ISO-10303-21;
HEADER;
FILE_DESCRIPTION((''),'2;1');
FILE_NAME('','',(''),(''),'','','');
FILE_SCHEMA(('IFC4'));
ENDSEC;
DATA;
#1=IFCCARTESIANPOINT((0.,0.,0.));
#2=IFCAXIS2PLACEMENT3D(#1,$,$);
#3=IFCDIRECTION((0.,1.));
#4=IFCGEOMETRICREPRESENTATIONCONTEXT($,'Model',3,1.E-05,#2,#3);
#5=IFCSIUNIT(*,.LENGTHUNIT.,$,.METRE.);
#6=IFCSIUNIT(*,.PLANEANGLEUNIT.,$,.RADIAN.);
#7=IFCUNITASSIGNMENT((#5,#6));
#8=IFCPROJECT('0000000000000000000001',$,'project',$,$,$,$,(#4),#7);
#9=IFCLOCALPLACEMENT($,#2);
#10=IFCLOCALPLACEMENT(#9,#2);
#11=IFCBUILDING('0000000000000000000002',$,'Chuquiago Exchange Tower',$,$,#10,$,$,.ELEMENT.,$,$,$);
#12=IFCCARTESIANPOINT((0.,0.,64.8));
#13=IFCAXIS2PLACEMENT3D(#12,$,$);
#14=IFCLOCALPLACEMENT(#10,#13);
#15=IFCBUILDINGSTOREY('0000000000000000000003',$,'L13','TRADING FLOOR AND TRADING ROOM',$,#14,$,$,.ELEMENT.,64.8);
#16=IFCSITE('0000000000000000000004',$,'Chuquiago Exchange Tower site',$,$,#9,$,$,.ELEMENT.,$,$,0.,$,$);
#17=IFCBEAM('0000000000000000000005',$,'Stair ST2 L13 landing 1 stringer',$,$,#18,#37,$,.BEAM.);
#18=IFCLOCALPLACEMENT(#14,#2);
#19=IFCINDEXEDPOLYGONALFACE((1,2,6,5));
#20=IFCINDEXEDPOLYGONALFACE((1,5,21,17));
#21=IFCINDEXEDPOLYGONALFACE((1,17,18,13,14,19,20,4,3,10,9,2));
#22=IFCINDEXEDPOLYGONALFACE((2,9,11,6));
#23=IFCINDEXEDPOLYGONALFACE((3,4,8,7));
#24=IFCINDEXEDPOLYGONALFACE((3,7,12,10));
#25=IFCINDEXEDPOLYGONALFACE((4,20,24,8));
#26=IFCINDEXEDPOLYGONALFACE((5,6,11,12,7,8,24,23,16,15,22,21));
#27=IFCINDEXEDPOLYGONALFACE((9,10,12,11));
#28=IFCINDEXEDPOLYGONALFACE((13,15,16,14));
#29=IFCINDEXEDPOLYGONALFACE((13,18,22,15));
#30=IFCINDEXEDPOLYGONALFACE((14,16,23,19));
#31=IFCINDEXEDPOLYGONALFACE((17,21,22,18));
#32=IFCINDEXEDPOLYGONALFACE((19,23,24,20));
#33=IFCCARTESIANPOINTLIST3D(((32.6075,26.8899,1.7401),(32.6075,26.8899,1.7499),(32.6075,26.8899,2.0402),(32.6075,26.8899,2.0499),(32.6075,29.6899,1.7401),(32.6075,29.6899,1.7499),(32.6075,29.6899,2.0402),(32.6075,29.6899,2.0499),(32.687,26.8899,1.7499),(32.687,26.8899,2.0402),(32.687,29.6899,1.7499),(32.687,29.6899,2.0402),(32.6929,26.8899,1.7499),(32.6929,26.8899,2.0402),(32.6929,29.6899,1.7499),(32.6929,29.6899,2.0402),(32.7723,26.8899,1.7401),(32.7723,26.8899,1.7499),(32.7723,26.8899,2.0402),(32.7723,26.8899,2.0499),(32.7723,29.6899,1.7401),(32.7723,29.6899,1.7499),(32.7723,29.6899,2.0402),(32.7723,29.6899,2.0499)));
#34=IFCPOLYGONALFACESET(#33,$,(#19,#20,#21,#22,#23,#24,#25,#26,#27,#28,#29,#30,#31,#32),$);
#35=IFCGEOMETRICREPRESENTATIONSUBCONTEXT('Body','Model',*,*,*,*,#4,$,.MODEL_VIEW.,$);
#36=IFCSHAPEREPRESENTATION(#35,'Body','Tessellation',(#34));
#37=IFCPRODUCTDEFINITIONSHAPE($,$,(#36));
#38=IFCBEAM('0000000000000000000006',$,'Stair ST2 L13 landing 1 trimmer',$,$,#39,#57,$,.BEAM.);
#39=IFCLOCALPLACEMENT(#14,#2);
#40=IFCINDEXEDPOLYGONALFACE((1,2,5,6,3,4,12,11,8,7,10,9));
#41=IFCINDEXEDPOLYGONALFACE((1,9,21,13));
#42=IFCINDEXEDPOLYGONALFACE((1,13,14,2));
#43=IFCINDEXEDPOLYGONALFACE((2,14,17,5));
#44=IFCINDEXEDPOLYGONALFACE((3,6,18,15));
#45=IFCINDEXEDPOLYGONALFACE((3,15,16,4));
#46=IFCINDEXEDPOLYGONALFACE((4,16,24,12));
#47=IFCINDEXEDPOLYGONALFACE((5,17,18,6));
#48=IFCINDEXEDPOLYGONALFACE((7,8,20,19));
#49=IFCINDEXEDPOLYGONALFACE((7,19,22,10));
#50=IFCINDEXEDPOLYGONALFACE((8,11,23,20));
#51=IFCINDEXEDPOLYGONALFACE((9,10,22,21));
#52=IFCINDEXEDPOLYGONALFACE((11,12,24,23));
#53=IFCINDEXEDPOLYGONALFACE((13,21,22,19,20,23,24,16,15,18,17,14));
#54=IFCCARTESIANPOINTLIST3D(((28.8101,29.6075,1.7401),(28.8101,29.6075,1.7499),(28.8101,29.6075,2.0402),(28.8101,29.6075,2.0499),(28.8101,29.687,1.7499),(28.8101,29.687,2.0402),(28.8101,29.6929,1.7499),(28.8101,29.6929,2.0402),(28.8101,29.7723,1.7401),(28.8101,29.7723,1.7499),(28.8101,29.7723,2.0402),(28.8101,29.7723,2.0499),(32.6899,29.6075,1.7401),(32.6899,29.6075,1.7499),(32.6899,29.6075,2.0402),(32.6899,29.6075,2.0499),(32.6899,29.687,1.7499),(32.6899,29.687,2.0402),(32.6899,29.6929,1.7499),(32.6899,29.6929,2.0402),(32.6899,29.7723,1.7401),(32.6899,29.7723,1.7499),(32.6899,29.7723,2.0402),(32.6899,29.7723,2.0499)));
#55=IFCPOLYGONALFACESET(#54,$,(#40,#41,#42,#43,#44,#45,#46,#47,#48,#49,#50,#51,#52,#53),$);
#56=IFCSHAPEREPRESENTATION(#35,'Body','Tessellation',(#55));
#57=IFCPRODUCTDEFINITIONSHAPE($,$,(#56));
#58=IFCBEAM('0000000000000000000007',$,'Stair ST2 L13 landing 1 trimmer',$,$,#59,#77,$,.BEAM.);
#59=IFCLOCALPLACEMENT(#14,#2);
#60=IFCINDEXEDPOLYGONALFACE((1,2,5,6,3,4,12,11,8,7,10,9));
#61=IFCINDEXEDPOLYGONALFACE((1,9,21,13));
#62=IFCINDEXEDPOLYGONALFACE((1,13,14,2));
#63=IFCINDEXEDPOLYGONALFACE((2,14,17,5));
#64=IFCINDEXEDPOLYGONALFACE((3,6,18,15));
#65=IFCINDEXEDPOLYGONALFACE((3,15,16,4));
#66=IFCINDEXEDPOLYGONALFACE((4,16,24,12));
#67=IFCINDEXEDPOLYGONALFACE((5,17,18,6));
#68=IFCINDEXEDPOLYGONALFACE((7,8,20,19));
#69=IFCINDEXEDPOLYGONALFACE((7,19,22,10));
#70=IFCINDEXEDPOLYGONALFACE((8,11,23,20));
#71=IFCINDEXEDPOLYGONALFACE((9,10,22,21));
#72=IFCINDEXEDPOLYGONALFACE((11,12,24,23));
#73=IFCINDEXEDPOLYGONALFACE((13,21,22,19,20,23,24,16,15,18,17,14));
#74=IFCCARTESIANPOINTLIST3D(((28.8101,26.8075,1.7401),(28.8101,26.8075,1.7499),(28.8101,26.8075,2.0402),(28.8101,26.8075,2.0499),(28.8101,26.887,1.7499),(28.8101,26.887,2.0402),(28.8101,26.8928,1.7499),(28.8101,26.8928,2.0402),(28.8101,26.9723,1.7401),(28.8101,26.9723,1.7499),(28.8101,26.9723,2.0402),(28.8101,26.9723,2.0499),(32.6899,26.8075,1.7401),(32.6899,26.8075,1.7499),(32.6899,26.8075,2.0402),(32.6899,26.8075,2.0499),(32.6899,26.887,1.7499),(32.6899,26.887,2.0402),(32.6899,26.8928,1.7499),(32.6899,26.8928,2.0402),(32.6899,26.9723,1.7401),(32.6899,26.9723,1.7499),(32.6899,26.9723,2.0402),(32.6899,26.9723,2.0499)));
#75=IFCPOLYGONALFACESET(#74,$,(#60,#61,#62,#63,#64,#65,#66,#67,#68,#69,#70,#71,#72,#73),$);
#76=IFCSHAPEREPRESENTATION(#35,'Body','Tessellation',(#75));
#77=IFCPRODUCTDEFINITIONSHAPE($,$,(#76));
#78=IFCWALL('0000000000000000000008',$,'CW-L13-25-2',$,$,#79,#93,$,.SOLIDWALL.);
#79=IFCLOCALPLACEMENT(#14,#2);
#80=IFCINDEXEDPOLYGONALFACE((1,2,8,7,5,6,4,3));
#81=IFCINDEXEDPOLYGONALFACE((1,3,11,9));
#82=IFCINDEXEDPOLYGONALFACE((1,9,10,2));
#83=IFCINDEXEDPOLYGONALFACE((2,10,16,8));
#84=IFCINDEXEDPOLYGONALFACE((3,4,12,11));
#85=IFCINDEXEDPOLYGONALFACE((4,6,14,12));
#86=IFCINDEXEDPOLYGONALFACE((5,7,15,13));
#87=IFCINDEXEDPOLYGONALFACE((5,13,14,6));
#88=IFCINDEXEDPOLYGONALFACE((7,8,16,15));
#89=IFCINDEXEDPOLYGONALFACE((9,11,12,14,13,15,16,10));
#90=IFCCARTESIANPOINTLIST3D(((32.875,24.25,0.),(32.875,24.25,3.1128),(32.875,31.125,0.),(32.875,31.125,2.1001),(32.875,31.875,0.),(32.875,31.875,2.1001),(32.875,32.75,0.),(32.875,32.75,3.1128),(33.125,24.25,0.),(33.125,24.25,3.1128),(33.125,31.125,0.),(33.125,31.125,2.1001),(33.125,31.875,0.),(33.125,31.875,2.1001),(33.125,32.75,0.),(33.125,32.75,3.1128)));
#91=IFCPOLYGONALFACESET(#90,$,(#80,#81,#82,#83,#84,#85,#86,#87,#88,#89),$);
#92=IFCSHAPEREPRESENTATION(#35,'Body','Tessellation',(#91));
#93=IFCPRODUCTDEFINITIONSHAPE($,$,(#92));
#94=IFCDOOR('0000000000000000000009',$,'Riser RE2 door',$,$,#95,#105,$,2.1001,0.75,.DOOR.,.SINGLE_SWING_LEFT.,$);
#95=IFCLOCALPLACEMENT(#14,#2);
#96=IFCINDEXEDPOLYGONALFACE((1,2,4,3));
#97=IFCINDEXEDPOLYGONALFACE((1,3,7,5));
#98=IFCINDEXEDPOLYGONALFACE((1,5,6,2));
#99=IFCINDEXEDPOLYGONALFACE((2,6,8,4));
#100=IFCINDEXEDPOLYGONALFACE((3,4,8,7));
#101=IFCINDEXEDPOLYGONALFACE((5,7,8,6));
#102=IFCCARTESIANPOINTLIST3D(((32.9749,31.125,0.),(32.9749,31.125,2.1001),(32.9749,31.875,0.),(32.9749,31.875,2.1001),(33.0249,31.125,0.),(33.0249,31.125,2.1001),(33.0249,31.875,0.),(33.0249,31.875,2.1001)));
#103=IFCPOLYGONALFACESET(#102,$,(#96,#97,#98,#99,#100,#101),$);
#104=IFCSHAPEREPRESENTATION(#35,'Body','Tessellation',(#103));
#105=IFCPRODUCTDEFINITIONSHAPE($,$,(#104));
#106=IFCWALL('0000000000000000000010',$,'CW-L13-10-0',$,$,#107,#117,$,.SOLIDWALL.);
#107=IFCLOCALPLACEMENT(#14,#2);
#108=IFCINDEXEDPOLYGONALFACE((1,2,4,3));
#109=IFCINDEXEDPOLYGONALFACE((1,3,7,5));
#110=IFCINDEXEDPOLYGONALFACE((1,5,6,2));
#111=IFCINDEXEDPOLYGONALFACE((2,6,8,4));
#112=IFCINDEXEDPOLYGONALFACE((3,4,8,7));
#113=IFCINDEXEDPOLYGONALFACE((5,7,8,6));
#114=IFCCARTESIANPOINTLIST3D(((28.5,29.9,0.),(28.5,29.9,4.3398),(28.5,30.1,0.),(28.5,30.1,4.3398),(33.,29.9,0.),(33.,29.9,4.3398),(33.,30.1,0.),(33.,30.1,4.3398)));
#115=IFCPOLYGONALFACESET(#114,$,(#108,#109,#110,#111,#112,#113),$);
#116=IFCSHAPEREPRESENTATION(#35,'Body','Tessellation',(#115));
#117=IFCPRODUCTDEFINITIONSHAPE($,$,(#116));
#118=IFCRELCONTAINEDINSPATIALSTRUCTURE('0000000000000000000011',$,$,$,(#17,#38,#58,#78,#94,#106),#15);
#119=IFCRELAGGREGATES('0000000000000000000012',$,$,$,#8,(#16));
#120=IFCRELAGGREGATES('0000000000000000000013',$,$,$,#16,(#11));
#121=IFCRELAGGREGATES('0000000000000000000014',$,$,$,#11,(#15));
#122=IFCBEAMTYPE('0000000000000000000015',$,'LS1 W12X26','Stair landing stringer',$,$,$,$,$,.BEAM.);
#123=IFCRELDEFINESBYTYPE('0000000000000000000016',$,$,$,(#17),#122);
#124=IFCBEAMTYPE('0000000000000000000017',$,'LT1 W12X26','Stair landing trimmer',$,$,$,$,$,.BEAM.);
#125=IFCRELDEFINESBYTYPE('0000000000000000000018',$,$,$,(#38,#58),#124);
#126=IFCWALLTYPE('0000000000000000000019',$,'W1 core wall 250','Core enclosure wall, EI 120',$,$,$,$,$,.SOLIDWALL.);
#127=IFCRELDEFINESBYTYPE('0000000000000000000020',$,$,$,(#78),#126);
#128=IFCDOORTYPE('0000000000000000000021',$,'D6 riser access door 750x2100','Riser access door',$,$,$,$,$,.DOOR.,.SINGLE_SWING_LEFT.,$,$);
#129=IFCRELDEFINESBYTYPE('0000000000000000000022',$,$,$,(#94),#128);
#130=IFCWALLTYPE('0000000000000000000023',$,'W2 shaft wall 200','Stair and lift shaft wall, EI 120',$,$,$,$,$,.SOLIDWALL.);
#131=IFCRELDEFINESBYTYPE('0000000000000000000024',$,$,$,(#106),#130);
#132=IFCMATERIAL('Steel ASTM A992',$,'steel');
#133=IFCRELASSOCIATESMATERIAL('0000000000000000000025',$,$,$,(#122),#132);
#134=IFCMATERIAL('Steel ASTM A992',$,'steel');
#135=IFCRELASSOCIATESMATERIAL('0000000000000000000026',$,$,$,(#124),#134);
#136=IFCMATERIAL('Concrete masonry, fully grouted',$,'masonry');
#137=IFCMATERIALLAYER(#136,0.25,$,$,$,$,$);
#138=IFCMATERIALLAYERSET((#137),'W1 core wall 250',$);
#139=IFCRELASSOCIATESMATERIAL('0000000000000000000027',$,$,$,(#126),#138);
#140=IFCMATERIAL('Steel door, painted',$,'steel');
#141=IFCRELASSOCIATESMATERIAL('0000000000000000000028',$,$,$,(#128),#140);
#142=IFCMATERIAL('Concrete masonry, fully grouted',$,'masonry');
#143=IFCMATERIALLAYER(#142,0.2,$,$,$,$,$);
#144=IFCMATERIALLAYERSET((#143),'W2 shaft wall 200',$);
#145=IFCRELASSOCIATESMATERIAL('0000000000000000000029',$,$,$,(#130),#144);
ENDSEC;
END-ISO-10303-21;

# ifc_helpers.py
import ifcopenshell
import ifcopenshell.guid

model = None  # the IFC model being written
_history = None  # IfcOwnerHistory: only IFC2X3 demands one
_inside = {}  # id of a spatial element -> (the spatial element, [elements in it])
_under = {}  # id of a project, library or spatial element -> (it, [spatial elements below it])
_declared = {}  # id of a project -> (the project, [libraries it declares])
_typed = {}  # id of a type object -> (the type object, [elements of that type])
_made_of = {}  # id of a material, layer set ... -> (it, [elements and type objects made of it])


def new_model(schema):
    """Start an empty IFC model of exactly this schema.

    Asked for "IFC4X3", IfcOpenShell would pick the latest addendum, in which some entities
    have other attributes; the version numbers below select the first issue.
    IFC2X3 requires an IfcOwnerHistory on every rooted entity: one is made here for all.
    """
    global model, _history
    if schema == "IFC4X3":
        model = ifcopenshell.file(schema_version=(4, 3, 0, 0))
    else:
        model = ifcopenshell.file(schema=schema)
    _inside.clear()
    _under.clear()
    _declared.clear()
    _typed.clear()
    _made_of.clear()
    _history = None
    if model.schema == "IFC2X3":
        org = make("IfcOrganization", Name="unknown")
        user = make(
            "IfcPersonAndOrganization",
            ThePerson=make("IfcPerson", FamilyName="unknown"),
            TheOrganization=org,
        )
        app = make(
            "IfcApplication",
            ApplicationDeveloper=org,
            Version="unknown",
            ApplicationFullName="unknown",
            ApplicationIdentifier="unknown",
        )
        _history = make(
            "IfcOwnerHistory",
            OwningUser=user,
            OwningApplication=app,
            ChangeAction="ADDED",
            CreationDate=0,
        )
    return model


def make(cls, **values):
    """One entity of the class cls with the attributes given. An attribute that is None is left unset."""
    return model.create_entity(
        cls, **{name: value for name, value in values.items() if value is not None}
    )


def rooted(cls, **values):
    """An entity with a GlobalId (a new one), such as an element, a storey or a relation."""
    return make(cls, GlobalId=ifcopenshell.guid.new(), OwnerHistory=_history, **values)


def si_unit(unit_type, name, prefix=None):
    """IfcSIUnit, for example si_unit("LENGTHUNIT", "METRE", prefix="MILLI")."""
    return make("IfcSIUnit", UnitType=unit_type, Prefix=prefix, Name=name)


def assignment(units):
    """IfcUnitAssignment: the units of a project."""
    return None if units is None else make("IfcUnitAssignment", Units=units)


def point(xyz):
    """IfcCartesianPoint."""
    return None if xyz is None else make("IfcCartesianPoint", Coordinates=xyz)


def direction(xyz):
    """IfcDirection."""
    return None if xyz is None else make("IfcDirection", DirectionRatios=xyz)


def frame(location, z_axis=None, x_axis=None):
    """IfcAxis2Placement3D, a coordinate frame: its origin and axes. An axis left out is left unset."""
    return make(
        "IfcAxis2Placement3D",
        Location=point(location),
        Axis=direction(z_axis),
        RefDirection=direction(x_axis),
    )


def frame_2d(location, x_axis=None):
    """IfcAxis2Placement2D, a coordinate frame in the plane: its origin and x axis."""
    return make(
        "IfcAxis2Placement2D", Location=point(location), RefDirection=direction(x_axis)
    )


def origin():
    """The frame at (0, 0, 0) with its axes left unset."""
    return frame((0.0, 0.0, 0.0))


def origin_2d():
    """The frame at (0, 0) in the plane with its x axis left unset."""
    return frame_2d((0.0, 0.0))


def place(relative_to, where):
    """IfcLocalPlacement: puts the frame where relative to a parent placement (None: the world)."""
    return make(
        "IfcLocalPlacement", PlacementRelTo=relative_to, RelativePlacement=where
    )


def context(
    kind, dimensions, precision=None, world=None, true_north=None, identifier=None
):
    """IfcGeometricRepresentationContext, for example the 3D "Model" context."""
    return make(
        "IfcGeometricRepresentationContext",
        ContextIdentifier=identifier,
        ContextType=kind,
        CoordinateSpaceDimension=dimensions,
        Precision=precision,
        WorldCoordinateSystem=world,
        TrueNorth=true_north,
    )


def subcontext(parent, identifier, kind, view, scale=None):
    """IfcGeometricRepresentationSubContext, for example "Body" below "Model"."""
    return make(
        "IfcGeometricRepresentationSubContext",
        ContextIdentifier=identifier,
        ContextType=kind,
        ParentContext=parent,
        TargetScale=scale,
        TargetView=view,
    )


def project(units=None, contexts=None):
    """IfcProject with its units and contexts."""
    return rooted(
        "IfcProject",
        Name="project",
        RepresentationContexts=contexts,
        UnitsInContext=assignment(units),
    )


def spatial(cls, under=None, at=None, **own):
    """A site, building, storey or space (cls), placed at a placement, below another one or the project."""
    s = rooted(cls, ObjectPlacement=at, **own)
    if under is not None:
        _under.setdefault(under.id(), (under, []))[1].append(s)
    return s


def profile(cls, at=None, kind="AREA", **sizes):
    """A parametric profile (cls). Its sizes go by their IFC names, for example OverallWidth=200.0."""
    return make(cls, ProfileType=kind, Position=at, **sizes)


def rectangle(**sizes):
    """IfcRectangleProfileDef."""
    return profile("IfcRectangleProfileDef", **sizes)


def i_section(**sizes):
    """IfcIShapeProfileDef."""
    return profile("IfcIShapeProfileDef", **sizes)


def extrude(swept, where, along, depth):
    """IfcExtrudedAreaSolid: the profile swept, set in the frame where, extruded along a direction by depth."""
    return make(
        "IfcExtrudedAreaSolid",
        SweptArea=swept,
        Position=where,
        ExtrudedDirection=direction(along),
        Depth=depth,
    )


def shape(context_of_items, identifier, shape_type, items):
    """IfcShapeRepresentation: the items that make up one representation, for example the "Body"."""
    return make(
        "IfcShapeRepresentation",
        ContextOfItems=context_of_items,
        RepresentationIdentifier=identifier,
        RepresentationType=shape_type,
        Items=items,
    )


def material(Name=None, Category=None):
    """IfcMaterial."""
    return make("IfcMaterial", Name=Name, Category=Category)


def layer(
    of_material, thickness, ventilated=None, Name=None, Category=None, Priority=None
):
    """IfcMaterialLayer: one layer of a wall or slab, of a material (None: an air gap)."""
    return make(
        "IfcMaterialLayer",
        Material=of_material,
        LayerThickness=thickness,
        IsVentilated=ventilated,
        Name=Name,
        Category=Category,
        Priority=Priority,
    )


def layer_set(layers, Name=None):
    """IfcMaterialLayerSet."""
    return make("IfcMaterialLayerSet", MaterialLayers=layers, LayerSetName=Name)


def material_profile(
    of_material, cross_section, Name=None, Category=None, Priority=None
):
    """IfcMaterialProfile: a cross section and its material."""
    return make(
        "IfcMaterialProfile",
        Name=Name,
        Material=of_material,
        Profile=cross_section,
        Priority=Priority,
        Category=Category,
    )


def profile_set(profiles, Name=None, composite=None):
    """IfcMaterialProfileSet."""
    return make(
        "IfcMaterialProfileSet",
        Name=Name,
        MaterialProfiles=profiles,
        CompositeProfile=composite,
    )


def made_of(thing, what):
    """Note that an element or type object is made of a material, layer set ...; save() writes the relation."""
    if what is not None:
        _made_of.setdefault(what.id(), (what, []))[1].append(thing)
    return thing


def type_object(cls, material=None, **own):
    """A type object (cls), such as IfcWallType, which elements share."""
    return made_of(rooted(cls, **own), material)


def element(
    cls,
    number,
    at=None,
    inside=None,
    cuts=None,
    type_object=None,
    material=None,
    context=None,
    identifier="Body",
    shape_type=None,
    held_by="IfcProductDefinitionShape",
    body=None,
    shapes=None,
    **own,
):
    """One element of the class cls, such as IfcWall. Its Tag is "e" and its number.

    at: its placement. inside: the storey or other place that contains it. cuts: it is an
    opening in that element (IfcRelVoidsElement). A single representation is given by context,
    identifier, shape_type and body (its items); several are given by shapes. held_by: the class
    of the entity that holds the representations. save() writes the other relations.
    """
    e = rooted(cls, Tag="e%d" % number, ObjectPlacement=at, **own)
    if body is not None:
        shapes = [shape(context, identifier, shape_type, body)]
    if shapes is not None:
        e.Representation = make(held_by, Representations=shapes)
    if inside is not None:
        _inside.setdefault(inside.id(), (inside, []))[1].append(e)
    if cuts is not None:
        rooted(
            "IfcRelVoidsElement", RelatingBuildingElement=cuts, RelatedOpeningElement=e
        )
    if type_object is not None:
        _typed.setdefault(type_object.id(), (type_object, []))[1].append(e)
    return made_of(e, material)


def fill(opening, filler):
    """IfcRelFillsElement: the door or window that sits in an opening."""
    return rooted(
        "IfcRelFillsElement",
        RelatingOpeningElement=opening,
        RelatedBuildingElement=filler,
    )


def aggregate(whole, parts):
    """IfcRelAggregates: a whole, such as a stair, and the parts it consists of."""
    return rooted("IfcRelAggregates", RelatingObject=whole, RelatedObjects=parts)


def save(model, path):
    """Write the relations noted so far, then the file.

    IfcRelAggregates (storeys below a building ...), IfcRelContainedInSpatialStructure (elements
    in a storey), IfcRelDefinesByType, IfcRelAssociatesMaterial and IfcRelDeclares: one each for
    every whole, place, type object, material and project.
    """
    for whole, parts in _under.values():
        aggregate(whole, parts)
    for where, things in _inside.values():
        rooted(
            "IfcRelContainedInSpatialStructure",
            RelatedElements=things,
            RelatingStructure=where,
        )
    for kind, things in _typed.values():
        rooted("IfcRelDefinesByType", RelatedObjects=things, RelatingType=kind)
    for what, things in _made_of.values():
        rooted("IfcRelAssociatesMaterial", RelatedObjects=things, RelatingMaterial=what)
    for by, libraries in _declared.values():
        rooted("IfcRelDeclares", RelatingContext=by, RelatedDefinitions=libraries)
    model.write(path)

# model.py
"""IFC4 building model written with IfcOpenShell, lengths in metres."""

from ifc_helpers import new_model, si_unit, direction, frame, frame_2d, origin, origin_2d, place, context, subcontext, project, spatial, rectangle, i_section, extrude, material, layer, layer_set, material_profile, profile_set, type_object, element, fill, save


model = new_model("IFC4")

# Units and contexts
model_context = context("Model", 3, precision=1e-05, world=origin(), true_north=direction((0.0, 1.0)))
body_context = subcontext(model_context, "Body", "Model", "MODEL_VIEW")
ifc_project = project(units=[si_unit("LENGTHUNIT", "METRE"), si_unit("PLANEANGLEUNIT", "RADIAN")], contexts=[model_context])

# Site, building, storey
site_placement = place(None, origin())
site = spatial("IfcSite", under=ifc_project, at=site_placement, Name="Chuquiago Exchange Tower site", CompositionType="ELEMENT", RefElevation=0.0)
building_placement = place(site_placement, origin())
building = spatial("IfcBuilding", under=site, at=building_placement, Name="Chuquiago Exchange Tower", CompositionType="ELEMENT")
storey_placement = place(building_placement, frame((0.0, 0.0, 64.8)))
storey = spatial("IfcBuildingStorey", under=building, at=storey_placement, Name="L13", Description="TRADING FLOOR AND TRADING ROOM", CompositionType="ELEMENT", Elevation=64.8)

# Beams
ifc_material_1 = material(Name="Steel ASTM A992", Category="steel")
ifc_material_profile_1 = material_profile(ifc_material_1, i_section(OverallWidth=0.1648, OverallDepth=0.3098, WebThickness=0.0059, FlangeThickness=0.0098, at=origin_2d()), Name="W12X26")
ifc_profile_set_1 = profile_set([ifc_material_profile_1], Name="Steel ASTM A992")
beam_type_1 = type_object("IfcBeamType", Name="LS1 W12X26", Description="Stair landing stringer", PredefinedType="BEAM", material=ifc_profile_set_1)
for number, where, z_axis, x_axis, name in (
    (1, (32.6899, 26.8899, 1.895), (0.0, 1.0, 0.0), (-1.0, 0.0, 0.0), "Stair ST2 L13 landing 1 stringer"),
):
    element("IfcBeam", number, at=place(storey_placement, frame(where, z_axis=z_axis, x_axis=x_axis)), inside=storey, type_object=beam_type_1, Name=name, PredefinedType="BEAM", context=body_context, shape_type="SweptSolid", body=[
        extrude(i_section(OverallWidth=0.1648, OverallDepth=0.3098, WebThickness=0.0059, FlangeThickness=0.0098, at=origin_2d()), origin(), (0.0, 0.0, 1.0), 2.8),
    ])
ifc_material_2 = material(Name="Steel ASTM A992", Category="steel")
ifc_material_profile_2 = material_profile(ifc_material_2, i_section(OverallWidth=0.1648, OverallDepth=0.3098, WebThickness=0.0059, FlangeThickness=0.0098, at=origin_2d()), Name="W12X26")
ifc_profile_set_2 = profile_set([ifc_material_profile_2], Name="Steel ASTM A992")
beam_type_2 = type_object("IfcBeamType", Name="LT1 W12X26", Description="Stair landing trimmer", PredefinedType="BEAM", material=ifc_profile_set_2)
for number, where, z_axis, x_axis, name in (
    (2, (28.8101, 29.6899, 1.895), (1.0, 0.0, 0.0), (0.0, 1.0, 0.0), "Stair ST2 L13 landing 1 trimmer"),
    (3, (28.8101, 26.8899, 1.895), (1.0, 0.0, 0.0), (0.0, 1.0, 0.0), "Stair ST2 L13 landing 1 trimmer"),
):
    element("IfcBeam", number, at=place(storey_placement, frame(where, z_axis=z_axis, x_axis=x_axis)), inside=storey, type_object=beam_type_2, Name=name, PredefinedType="BEAM", context=body_context, shape_type="SweptSolid", body=[
        extrude(i_section(OverallWidth=0.1648, OverallDepth=0.3098, WebThickness=0.0059, FlangeThickness=0.0098, at=origin_2d()), origin(), (0.0, 0.0, 1.0), 3.8799),
    ])

# Wall, opening, door
ifc_material_3 = material(Name="Concrete masonry, fully grouted", Category="masonry")
ifc_layer_1 = layer(ifc_material_3, 0.25)
ifc_layer_set_1 = layer_set([ifc_layer_1], Name="W1 core wall 250")
wall_type_1 = type_object("IfcWallType", Name="W1 core wall 250", Description="Core enclosure wall, EI 120", PredefinedType="SOLIDWALL", material=ifc_layer_set_1)
wall_1_placement = place(storey_placement, frame((33.0, 24.25, 0.0), z_axis=(0.0, 0.0, 1.0), x_axis=(0.0, 1.0, 0.0)))
wall_1 = element("IfcWall", 4, at=wall_1_placement, inside=storey, type_object=wall_type_1, Name="CW-L13-25-2", PredefinedType="SOLIDWALL", context=body_context, shape_type="SweptSolid", body=[
    extrude(rectangle(XDim=8.5, YDim=0.25, at=frame_2d((4.25, 0.0))), origin(), (0.0, 0.0, 1.0), 3.1128),
])
opening_placement = place(wall_1_placement, frame((6.875, 0.0, 0.0)))
opening = element("IfcOpeningElement", 5, at=opening_placement, cuts=wall_1, PredefinedType="OPENING", context=body_context, shape_type="SweptSolid", body=[
    extrude(rectangle(XDim=0.75, YDim=2.1001, at=frame_2d((0.375, 1.05))), frame((0.0, 0.135, 0.0), z_axis=(0.0, -1.0, 0.0), x_axis=(1.0, 0.0, 0.0)), (0.0, 0.0, 1.0), 0.27),
])
ifc_material_4 = material(Name="Steel door, painted", Category="steel")
door_type = type_object("IfcDoorType", Name="D6 riser access door 750x2100", Description="Riser access door", OperationType="SINGLE_SWING_LEFT", PredefinedType="DOOR", material=ifc_material_4)
door_placement = place(opening_placement, frame((0.75, 0.0, 0.0), z_axis=(0.0, 0.0, 1.0), x_axis=(-1.0, 0.0, 0.0)))
door = element("IfcDoor", 6, at=door_placement, inside=storey, type_object=door_type, Name="Riser RE2 door", OperationType="SINGLE_SWING_LEFT", OverallHeight=2.1001, OverallWidth=0.75, PredefinedType="DOOR", context=body_context, shape_type="SweptSolid", body=[
    extrude(rectangle(XDim=0.75, YDim=2.1001, at=frame_2d((0.375, 1.05))), frame((0.0, 0.0249, 0.0), z_axis=(0.0, -1.0, 0.0), x_axis=(1.0, 0.0, 0.0)), (0.0, 0.0, 1.0), 0.05),
])
fill(opening, door)

# Wall
ifc_material_5 = material(Name="Concrete masonry, fully grouted", Category="masonry")
ifc_layer_2 = layer(ifc_material_5, 0.2)
ifc_layer_set_2 = layer_set([ifc_layer_2], Name="W2 shaft wall 200")
wall_type_2 = type_object("IfcWallType", Name="W2 shaft wall 200", Description="Stair and lift shaft wall, EI 120", PredefinedType="SOLIDWALL", material=ifc_layer_set_2)
wall_2_placement = place(storey_placement, frame((28.5, 30.0, 0.0), z_axis=(0.0, 0.0, 1.0), x_axis=(1.0, 0.0, 0.0)))
element("IfcWall", 7, at=wall_2_placement, inside=storey, type_object=wall_type_2, Name="CW-L13-10-0", PredefinedType="SOLIDWALL", context=body_context, shape_type="SweptSolid", body=[
    extrude(rectangle(XDim=4.5, YDim=0.2, at=frame_2d((2.25, 0.0))), origin(), (0.0, 0.0, 1.0), 4.3398),
])

save(model, "model.ifc")
